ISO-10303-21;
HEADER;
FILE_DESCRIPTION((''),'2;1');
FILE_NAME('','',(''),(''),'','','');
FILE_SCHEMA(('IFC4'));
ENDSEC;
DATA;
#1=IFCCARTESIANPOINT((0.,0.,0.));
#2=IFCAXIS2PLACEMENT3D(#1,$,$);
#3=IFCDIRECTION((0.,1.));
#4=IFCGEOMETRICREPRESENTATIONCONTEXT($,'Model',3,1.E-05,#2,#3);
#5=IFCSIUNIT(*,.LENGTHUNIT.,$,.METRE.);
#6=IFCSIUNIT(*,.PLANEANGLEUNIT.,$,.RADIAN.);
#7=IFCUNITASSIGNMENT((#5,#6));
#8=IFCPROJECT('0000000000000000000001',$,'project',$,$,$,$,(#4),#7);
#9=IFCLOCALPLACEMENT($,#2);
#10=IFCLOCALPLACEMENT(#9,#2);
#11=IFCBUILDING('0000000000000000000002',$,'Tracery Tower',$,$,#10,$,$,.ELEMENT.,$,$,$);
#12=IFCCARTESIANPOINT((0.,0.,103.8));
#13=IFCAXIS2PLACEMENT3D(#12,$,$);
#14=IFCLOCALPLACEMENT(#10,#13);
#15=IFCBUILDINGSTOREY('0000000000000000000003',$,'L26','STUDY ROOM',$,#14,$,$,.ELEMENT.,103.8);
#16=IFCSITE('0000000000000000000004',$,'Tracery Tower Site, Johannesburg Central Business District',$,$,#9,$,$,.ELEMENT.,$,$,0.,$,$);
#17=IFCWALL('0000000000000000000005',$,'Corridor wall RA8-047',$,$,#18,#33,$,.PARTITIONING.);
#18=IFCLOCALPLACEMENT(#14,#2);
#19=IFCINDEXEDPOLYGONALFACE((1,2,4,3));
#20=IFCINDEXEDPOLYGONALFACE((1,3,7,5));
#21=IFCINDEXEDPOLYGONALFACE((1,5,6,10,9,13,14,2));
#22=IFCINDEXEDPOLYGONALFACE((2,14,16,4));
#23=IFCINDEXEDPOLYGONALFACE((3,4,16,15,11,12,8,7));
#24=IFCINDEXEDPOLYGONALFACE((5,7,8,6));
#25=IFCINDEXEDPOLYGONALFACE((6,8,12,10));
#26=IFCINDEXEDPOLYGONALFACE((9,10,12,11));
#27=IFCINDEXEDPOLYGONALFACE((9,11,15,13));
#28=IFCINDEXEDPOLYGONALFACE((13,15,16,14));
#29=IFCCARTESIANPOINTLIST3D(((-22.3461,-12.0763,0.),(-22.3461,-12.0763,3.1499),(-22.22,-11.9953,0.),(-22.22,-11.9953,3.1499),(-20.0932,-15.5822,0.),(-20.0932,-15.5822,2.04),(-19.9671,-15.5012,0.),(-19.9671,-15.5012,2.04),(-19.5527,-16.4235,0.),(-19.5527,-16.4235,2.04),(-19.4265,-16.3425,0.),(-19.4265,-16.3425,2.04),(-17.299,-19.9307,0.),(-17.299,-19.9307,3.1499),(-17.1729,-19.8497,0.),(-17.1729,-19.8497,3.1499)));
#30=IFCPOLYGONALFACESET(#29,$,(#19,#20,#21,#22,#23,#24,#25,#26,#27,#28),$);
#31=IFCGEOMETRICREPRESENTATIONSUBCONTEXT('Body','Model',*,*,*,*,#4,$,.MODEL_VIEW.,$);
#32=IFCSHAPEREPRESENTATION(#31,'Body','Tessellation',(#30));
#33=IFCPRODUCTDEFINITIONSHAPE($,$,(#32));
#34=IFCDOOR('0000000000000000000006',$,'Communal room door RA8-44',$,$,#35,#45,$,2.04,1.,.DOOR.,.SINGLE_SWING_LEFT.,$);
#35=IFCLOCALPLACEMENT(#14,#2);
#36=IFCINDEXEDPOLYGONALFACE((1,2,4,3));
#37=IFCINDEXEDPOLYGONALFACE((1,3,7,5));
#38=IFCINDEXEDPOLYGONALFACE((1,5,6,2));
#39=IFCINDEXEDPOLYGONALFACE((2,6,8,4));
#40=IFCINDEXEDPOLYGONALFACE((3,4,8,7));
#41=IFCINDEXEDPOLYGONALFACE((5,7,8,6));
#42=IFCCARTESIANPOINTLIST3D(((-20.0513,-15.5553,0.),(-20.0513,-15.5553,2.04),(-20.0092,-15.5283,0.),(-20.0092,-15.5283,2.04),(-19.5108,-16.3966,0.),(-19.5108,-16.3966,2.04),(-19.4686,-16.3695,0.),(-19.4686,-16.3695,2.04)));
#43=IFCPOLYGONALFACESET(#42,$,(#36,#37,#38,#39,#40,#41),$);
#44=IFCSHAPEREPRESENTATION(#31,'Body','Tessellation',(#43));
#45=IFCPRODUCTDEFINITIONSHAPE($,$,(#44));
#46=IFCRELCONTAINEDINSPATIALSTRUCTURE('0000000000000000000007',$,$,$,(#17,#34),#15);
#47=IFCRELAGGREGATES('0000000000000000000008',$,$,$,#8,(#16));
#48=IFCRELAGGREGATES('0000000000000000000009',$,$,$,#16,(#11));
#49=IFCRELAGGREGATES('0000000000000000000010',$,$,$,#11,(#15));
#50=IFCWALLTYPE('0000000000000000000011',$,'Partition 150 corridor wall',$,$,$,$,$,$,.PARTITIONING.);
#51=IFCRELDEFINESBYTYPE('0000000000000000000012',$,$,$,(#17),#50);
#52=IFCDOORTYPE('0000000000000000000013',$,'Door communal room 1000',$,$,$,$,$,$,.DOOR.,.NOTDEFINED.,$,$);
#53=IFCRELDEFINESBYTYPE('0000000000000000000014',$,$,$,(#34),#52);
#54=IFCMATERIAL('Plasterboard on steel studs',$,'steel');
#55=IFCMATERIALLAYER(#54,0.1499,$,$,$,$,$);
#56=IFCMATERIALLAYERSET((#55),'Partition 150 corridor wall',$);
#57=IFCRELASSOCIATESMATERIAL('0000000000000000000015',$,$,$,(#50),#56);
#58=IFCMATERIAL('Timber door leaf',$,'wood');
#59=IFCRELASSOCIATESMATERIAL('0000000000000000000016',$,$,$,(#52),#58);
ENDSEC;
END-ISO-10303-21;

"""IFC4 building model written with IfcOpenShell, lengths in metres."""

from ifc_helpers import new_model, si_unit, direction, frame, frame_2d, origin, place, context, subcontext, project, spatial, rectangle, extrude, material, layer, layer_set, type_object, element, fill, save


model = new_model("IFC4")

# Units and contexts
model_context = context("Model", 3, precision=1e-05, world=origin(), true_north=direction((0.0, 1.0)))
body_context = subcontext(model_context, "Body", "Model", "MODEL_VIEW")
ifc_project = project(units=[si_unit("LENGTHUNIT", "METRE"), si_unit("PLANEANGLEUNIT", "RADIAN")], contexts=[model_context])

# Site, building, storey
site_placement = place(None, origin())
site = spatial("IfcSite", under=ifc_project, at=site_placement, Name="Tracery Tower Site, Johannesburg Central Business District", CompositionType="ELEMENT", RefElevation=0.0)
building_placement = place(site_placement, origin())
building = spatial("IfcBuilding", under=site, at=building_placement, Name="Tracery Tower", CompositionType="ELEMENT")
storey_placement = place(building_placement, frame((0.0, 0.0, 103.8)))
storey = spatial("IfcBuildingStorey", under=building, at=storey_placement, Name="L26", Description="STUDY ROOM", CompositionType="ELEMENT", Elevation=103.8)

# Wall, opening, door
ifc_material_1 = material(Name="Plasterboard on steel studs", Category="steel")
ifc_layer_1 = layer(ifc_material_1, 0.1499)
ifc_layer_set_1 = layer_set([ifc_layer_1], Name="Partition 150 corridor wall")
wall_type_1 = type_object("IfcWallType", Name="Partition 150 corridor wall", PredefinedType="PARTITIONING", material=ifc_layer_set_1)
wall_1_placement = place(storey_placement, frame((-22.283, -12.0359, 0.0), z_axis=(0.0, 0.0, 1.0), x_axis=(0.540591, -0.841286, 0.0)))
wall_1 = element("IfcWall", 1, at=wall_1_placement, inside=storey, type_object=wall_type_1, Name="Corridor wall RA8-047", PredefinedType="PARTITIONING", context=body_context, shape_type="SweptSolid", body=[
    extrude(rectangle(XDim=9.3362, YDim=0.1499, at=frame_2d((4.668, 0.0))), origin(), (0.0, 0.0, 1.0), 3.1499),
])
opening_1_placement = place(wall_1_placement, frame((4.1672, 0.0, 0.0)))
opening_1 = element("IfcOpeningElement", 2, at=opening_1_placement, cuts=wall_1, PredefinedType="OPENING", context=body_context, shape_type="SweptSolid", body=[
    extrude(rectangle(XDim=1.0, YDim=2.04, at=frame_2d((0.5, 1.02))), frame((0.0, 0.075, 0.0), z_axis=(0.0, -1.0, 0.0), x_axis=(1.0, 0.0, 0.0)), (0.0, 0.0, 1.0), 0.1499),
])
ifc_material_2 = material(Name="Timber door leaf", Category="wood")
door_type_1 = type_object("IfcDoorType", Name="Door communal room 1000", OperationType="NOTDEFINED", PredefinedType="DOOR", material=ifc_material_2)
door_1_placement = place(opening_1_placement, origin())
door_1 = element("IfcDoor", 3, at=door_1_placement, inside=storey, type_object=door_type_1, Name="Communal room door RA8-44", OperationType="SINGLE_SWING_LEFT", OverallHeight=2.04, OverallWidth=1.0, PredefinedType="DOOR", context=body_context, shape_type="SweptSolid", body=[
    extrude(rectangle(XDim=1.0, YDim=2.04, at=frame_2d((0.5, 1.02))), frame((0.0, 0.0249, 0.0), z_axis=(0.0, -1.0, 0.0), x_axis=(1.0, 0.0, 0.0)), (0.0, 0.0, 1.0), 0.05),
])
fill(opening_1, door_1)

save(model, "model.ifc")
